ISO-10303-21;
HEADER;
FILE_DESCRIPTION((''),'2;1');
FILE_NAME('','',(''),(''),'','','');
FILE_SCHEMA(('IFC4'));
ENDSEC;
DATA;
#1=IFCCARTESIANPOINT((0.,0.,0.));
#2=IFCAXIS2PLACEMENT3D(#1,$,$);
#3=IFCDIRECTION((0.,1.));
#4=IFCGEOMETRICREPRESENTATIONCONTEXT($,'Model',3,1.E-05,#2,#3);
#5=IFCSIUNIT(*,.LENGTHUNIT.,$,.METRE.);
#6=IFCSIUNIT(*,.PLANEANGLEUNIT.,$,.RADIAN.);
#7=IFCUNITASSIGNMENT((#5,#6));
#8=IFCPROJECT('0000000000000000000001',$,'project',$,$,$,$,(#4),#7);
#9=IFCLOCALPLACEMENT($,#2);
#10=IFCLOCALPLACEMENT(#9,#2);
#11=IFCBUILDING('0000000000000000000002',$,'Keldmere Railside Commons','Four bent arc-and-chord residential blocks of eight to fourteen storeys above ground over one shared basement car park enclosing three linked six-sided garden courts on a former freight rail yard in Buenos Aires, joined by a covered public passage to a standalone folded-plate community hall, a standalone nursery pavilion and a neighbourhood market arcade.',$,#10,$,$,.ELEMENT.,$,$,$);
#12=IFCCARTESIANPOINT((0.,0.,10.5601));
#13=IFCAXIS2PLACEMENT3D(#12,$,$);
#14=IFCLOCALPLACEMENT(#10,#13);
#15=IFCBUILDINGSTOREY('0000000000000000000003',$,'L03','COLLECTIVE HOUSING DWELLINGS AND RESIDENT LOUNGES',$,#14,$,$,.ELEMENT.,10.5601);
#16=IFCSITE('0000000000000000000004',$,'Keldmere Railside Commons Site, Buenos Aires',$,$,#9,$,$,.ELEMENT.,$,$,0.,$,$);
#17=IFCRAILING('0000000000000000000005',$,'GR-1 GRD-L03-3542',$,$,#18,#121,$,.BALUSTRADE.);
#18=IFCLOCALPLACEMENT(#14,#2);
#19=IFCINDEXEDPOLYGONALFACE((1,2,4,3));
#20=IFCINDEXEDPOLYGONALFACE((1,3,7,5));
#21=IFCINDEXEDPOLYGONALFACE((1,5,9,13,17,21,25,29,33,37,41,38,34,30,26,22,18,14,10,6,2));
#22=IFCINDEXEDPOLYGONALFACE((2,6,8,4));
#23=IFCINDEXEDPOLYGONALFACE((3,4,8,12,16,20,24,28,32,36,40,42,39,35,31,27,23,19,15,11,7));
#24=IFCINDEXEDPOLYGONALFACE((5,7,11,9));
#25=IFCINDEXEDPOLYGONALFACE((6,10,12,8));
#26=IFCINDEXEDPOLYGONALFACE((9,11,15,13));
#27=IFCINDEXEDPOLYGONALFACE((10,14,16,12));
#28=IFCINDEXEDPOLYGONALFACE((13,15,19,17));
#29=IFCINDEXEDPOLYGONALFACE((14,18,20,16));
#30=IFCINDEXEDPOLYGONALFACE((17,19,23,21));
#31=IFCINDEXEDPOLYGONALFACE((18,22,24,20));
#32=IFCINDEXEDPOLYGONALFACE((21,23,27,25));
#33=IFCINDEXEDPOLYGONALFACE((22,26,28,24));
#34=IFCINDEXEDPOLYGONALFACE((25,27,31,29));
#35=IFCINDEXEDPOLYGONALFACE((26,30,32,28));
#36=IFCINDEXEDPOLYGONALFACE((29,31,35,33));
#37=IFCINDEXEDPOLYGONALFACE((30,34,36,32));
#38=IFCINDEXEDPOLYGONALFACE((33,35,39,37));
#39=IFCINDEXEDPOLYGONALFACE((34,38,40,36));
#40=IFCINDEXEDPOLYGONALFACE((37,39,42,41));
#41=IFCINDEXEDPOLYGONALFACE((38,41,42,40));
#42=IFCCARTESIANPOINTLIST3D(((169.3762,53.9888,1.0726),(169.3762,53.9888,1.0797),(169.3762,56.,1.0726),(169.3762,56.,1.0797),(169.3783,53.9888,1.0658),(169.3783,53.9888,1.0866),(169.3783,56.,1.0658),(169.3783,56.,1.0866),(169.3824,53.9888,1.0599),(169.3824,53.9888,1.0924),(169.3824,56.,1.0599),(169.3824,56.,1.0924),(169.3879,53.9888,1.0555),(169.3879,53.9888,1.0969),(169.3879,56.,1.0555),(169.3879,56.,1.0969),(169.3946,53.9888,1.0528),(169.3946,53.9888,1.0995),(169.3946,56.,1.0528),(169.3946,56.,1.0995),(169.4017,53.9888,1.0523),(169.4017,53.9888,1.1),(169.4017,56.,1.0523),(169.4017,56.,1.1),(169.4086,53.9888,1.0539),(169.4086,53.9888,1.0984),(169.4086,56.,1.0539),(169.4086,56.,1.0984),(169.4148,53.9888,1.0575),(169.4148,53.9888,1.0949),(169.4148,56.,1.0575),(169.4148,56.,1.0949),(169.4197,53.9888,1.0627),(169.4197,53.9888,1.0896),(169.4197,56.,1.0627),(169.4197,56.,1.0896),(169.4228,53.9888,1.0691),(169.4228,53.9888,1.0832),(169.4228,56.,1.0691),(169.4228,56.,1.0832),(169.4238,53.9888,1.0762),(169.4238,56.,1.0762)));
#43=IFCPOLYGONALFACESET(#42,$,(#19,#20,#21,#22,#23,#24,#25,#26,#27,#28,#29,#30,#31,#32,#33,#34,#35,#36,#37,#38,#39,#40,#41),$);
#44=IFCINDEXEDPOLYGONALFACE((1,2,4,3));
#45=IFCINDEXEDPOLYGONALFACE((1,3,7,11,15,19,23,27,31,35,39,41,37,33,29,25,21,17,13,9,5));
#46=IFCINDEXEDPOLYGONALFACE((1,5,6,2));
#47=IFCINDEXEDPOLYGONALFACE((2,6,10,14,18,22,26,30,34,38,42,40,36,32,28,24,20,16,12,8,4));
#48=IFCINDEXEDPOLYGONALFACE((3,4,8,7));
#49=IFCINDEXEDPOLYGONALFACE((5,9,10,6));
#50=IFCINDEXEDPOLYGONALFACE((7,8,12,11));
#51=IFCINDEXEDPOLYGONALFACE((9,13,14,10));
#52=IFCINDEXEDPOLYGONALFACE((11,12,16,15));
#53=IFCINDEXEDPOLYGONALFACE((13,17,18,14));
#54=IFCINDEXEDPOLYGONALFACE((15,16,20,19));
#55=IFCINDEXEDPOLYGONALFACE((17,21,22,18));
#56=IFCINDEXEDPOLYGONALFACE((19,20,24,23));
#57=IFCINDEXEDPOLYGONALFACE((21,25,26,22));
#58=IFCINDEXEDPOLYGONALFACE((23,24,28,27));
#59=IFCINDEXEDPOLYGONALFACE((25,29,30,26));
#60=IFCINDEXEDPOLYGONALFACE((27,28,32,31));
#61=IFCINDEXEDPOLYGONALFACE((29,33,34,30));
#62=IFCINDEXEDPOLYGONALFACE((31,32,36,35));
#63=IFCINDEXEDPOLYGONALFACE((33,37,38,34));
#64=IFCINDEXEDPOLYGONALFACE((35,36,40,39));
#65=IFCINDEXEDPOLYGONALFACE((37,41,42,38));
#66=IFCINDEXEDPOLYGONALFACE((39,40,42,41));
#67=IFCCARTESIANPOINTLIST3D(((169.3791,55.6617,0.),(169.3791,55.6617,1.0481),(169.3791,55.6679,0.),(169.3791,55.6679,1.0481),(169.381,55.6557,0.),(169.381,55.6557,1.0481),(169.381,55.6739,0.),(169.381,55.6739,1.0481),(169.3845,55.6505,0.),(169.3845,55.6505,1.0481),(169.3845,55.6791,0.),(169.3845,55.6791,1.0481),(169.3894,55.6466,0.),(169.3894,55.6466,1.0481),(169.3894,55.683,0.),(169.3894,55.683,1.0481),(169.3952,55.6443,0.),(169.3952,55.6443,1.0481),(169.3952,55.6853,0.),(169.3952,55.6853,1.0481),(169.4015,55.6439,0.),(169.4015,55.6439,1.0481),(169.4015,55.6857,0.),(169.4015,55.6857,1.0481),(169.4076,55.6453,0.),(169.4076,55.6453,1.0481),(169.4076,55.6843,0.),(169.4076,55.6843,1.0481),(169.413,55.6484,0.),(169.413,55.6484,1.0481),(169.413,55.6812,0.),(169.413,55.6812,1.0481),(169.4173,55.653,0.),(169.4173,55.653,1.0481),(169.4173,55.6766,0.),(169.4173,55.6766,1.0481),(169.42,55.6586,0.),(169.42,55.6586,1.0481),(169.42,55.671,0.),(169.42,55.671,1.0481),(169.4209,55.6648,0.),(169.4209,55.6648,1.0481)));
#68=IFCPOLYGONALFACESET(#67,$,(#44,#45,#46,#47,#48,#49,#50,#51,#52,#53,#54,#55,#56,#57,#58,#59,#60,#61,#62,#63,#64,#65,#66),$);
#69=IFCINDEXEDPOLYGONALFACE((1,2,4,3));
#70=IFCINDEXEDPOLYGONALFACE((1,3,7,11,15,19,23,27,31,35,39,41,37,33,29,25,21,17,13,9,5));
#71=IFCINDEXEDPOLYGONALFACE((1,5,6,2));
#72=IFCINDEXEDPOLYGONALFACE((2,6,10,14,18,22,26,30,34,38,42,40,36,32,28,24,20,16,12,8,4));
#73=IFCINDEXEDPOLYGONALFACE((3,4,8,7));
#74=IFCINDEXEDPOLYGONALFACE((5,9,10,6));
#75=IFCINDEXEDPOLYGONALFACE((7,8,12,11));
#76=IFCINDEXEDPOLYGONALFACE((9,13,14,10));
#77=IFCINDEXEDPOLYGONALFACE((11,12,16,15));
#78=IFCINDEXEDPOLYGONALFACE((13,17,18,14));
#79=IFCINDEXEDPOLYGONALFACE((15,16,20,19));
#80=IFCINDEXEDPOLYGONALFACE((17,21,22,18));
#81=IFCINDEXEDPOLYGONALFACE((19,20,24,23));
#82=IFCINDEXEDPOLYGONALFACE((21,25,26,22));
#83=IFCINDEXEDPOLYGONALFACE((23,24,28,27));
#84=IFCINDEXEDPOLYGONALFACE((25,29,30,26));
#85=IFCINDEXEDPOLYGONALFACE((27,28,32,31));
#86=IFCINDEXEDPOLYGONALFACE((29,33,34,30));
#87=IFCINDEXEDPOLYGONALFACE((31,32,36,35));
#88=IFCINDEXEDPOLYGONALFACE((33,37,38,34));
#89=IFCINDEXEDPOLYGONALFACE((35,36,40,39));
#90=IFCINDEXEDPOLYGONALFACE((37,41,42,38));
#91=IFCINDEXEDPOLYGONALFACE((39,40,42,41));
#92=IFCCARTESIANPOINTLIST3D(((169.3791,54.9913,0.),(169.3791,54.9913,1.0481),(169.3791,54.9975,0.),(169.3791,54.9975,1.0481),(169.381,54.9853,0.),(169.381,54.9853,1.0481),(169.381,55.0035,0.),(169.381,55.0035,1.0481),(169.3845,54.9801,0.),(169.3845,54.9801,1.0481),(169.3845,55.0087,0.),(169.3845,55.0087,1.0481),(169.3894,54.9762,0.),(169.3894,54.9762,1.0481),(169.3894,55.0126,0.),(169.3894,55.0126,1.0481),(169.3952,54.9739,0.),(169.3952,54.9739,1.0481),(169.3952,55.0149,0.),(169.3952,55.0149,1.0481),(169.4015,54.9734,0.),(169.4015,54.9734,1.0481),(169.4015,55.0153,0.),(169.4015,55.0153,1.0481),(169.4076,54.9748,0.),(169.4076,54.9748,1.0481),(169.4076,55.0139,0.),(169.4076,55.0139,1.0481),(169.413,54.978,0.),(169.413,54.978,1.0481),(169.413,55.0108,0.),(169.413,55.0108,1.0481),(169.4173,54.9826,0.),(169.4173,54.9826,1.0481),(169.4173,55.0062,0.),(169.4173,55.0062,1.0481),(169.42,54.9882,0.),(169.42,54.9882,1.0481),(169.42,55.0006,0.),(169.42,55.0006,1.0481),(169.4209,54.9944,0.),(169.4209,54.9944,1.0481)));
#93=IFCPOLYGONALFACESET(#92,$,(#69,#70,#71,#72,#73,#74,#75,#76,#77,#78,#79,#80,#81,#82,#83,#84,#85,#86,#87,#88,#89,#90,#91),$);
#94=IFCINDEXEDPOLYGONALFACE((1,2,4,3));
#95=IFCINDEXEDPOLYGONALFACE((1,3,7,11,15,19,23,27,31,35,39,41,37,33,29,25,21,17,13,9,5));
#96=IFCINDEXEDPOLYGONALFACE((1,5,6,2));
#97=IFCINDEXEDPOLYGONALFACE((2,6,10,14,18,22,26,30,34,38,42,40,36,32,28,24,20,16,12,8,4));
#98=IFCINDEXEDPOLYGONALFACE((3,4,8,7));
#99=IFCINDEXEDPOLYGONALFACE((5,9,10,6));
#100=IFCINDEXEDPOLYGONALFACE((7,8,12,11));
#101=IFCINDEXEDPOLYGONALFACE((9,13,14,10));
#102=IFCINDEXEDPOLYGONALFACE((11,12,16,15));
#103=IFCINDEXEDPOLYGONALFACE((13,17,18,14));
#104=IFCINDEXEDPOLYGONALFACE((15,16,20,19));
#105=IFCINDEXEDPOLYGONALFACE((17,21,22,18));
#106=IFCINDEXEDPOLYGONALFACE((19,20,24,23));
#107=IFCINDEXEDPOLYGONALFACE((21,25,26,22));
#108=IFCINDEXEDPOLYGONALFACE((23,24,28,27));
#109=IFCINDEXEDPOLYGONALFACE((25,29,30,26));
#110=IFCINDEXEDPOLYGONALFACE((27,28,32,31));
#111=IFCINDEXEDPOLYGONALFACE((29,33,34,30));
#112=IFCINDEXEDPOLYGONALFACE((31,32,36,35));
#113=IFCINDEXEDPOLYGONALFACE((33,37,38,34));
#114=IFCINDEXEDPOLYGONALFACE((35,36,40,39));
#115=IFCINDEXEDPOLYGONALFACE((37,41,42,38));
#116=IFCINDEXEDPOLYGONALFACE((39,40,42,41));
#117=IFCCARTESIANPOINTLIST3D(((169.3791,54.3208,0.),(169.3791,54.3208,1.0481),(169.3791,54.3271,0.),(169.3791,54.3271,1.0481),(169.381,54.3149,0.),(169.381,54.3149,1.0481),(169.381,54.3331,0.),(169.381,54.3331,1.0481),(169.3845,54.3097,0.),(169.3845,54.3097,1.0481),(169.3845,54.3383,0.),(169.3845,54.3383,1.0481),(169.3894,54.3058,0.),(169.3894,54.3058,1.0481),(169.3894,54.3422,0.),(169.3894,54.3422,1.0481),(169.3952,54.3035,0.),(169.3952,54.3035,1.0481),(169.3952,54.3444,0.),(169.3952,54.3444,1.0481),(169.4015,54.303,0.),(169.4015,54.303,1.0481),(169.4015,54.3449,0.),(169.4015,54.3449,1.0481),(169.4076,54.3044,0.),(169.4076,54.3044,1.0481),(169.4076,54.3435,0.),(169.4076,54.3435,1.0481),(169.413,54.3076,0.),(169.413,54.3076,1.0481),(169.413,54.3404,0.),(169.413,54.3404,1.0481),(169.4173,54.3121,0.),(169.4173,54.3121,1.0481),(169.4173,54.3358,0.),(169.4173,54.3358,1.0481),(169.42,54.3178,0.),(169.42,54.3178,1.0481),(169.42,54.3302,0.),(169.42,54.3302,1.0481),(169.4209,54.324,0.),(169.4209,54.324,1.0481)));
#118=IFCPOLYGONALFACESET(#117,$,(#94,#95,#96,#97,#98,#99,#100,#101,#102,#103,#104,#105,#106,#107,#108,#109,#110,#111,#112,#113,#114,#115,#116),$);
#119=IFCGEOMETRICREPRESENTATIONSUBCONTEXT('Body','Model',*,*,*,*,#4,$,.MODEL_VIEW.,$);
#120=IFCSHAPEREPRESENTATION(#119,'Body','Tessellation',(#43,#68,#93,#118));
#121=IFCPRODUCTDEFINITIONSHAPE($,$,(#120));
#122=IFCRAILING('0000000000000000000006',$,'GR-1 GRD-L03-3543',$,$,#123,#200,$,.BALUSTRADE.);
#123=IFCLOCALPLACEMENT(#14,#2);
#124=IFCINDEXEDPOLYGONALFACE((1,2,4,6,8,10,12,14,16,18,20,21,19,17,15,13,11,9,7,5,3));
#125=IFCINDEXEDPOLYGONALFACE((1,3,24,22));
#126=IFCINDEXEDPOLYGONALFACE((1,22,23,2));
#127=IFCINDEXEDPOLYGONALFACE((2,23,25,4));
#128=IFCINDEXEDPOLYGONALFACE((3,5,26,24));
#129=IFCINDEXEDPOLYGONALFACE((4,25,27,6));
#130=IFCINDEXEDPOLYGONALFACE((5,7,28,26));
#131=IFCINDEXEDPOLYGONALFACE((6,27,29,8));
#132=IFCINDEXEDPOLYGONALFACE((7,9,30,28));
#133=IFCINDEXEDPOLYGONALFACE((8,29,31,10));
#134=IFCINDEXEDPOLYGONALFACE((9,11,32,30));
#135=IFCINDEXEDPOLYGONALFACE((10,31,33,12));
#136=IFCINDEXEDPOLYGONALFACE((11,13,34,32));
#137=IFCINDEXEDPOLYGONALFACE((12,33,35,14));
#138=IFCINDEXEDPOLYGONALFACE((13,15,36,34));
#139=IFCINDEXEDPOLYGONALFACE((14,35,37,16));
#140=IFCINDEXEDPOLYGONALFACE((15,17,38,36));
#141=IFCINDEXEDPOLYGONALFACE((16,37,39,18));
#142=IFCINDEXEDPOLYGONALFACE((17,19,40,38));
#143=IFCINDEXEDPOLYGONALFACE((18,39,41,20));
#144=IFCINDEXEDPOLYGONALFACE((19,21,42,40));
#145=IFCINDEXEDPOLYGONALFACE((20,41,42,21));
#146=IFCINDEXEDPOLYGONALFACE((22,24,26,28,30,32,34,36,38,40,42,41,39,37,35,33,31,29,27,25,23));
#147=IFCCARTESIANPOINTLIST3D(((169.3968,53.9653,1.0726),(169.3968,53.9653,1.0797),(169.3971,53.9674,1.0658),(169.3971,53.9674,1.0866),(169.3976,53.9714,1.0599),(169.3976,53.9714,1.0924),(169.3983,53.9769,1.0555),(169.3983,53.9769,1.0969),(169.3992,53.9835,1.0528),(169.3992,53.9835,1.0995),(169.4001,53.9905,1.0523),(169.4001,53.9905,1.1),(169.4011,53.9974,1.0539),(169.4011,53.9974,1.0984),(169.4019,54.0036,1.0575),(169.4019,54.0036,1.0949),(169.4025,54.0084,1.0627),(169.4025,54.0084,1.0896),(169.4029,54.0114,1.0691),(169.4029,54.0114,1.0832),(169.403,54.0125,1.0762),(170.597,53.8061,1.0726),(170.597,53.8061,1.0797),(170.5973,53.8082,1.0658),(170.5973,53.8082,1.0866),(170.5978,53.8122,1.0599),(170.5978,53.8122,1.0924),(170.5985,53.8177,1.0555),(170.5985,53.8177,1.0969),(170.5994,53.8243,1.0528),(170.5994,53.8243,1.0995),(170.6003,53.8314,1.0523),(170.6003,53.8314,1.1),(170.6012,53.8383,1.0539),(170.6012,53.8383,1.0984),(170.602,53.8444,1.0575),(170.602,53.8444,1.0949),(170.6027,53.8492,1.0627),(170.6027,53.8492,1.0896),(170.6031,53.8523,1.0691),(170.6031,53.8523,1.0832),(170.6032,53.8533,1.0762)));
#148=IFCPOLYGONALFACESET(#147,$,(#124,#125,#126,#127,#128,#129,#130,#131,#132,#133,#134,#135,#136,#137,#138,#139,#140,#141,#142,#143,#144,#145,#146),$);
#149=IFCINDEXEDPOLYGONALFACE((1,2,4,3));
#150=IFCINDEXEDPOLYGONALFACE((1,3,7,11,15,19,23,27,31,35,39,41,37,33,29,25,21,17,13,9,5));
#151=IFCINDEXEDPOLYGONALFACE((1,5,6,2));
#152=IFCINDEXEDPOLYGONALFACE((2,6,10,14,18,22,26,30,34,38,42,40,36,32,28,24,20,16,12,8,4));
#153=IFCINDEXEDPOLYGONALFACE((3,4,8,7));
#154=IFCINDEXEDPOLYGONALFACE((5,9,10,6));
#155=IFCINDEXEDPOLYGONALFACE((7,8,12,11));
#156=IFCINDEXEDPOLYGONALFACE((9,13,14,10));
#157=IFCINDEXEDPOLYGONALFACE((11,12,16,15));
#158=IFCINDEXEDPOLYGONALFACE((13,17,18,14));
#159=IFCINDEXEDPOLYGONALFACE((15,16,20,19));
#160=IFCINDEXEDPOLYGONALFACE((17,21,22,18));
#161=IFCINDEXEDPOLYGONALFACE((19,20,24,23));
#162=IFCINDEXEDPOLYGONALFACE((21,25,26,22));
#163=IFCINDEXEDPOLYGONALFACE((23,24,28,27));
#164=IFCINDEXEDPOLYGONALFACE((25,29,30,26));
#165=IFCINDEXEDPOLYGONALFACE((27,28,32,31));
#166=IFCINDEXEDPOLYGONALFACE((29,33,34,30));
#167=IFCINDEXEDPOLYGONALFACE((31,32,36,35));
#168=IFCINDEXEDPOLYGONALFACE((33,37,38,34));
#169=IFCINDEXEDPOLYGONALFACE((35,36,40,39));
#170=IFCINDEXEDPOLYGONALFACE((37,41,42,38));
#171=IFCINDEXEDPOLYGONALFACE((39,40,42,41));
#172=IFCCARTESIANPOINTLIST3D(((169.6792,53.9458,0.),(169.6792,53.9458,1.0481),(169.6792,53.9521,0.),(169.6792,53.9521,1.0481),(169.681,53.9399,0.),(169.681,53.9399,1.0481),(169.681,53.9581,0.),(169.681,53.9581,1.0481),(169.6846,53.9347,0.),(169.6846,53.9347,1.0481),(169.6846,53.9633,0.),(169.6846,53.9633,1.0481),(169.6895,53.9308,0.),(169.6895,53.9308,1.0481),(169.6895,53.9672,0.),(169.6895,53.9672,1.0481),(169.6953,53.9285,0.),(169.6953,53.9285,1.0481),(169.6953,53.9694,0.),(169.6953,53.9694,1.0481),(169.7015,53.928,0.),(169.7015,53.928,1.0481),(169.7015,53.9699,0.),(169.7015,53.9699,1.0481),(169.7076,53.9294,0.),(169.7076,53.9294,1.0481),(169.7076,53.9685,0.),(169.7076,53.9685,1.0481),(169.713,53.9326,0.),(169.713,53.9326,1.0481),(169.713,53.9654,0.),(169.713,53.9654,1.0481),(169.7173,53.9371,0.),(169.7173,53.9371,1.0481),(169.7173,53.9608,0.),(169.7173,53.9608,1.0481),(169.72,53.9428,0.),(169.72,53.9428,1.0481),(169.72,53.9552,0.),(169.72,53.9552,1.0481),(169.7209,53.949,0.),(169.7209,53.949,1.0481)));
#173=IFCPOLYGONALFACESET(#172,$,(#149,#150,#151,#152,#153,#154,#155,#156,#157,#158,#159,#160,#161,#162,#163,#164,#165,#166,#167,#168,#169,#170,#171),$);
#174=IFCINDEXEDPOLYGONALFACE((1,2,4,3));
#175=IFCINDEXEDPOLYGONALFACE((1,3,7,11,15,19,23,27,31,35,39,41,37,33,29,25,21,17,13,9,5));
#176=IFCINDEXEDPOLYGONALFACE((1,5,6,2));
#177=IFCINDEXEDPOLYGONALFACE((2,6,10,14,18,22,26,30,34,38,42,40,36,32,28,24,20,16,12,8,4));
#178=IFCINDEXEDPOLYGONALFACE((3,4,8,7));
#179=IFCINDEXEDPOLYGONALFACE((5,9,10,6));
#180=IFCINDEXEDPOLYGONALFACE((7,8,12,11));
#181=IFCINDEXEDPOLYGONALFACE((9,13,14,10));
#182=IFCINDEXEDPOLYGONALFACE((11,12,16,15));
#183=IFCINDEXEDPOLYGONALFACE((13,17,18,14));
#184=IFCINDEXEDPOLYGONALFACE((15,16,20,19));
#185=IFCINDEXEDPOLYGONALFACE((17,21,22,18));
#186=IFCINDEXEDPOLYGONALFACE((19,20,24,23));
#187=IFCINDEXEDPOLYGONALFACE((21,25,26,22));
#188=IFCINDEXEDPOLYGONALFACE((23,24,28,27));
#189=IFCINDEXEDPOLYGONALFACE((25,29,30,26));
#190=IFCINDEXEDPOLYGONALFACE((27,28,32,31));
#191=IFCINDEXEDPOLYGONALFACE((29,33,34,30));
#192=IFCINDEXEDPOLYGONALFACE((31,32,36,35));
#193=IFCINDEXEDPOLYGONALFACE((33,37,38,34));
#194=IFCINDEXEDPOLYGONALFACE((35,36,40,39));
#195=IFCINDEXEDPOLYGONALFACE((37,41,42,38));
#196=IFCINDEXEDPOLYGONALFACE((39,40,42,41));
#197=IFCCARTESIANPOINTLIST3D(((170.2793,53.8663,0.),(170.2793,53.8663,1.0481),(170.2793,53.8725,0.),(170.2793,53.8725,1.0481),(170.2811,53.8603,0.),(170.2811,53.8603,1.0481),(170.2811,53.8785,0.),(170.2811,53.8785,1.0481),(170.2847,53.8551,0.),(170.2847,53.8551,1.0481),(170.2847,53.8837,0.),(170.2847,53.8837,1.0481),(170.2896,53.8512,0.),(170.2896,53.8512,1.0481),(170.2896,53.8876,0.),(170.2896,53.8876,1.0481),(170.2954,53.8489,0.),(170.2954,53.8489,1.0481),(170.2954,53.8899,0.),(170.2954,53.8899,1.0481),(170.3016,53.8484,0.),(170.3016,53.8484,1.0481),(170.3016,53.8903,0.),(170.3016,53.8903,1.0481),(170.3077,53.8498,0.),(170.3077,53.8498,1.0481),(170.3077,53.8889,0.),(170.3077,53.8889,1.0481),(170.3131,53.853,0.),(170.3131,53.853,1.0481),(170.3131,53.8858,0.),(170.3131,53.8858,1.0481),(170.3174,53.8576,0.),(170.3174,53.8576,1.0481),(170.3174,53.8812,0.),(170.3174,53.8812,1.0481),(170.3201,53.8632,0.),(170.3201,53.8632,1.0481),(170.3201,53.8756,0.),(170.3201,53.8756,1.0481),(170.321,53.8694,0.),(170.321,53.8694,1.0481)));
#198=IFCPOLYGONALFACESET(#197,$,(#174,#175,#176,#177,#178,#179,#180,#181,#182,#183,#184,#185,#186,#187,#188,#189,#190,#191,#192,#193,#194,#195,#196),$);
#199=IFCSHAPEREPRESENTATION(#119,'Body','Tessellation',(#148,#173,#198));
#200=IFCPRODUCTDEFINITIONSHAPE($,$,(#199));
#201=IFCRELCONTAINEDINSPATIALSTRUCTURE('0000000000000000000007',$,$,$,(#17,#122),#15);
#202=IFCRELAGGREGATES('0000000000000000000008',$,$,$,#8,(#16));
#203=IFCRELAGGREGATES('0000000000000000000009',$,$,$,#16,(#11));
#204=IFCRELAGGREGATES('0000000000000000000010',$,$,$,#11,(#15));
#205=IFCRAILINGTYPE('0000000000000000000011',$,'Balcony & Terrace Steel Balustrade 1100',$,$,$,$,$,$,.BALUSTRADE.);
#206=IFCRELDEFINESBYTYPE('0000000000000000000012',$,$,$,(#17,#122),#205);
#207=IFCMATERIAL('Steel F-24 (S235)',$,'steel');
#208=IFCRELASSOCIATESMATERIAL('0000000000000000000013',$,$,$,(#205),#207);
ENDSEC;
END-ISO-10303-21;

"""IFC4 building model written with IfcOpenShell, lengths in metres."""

from ifc_helpers import new_model, si_unit, direction, frame, origin, origin_2d, place, context, subcontext, project, spatial, circle, extrude, material, type_object, element, save


model = new_model("IFC4")

# Units and contexts
model_context = context("Model", 3, precision=1e-05, world=origin(), true_north=direction((0.0, 1.0)))
body_context = subcontext(model_context, "Body", "Model", "MODEL_VIEW")
ifc_project = project(units=[si_unit("LENGTHUNIT", "METRE"), si_unit("PLANEANGLEUNIT", "RADIAN")], contexts=[model_context])

# Site, building, storey
site_placement = place(None, origin())
site = spatial("IfcSite", under=ifc_project, at=site_placement, Name="Keldmere Railside Commons Site, Buenos Aires", CompositionType="ELEMENT", RefElevation=0.0)
building_placement = place(site_placement, origin())
building = spatial("IfcBuilding", under=site, at=building_placement, Name="Keldmere Railside Commons", Description="Four bent arc-and-chord residential blocks of eight to fourteen storeys above ground over one shared basement car park enclosing three linked six-sided garden courts on a former freight rail yard in Buenos Aires, joined by a covered public passage to a standalone folded-plate community hall, a standalone nursery pavilion and a neighbourhood market arcade.", CompositionType="ELEMENT")
storey_placement = place(building_placement, frame((0.0, 0.0, 10.5601)))
storey = spatial("IfcBuildingStorey", under=building, at=storey_placement, Name="L03", Description="COLLECTIVE HOUSING DWELLINGS AND RESIDENT LOUNGES", CompositionType="ELEMENT", Elevation=10.5601)

# Railings
ifc_material_1 = material(Name="Steel F-24 (S235)", Category="steel")
railing_type = type_object("IfcRailingType", Name="Balcony & Terrace Steel Balustrade 1100", PredefinedType="BALUSTRADE", material=ifc_material_1)
railing_1_placement = place(storey_placement, frame((169.3999, 56.0, 0.0)))
element("IfcRailing", 1, at=railing_1_placement, inside=storey, type_object=railing_type, Name="GR-1 GRD-L03-3542", PredefinedType="BALUSTRADE", context=body_context, shape_type="SweptSolid", body=[
    extrude(circle(Radius=0.0239, at=origin_2d()), frame((0.0, 0.0, 1.0762), z_axis=(0.0, -1.0, 0.0), x_axis=(1.0, 0.0, 0.0)), (0.0, 0.0, 1.0), 2.0112),
    extrude(circle(Radius=0.021, at=origin_2d()), frame((0.0, -0.3352, 0.0)), (0.0, 0.0, 1.0), 1.0481),
    extrude(circle(Radius=0.021, at=origin_2d()), frame((0.0, -1.0056, 0.0)), (0.0, 0.0, 1.0), 1.0481),
    extrude(circle(Radius=0.021, at=origin_2d()), frame((0.0, -1.676, 0.0)), (0.0, 0.0, 1.0), 1.0481),
])
railing_2_placement = place(storey_placement, frame((169.3999, 53.9888, 0.0)))
element("IfcRailing", 2, at=railing_2_placement, inside=storey, type_object=railing_type, Name="GR-1 GRD-L03-3543", PredefinedType="BALUSTRADE", context=body_context, shape_type="SweptSolid", body=[
    extrude(circle(Radius=0.0239, at=origin_2d()), frame((0.0, 0.0, 1.0762), z_axis=(0.991319, -0.131477, 0.0), x_axis=(0.131477, 0.991319, 0.0)), (0.0, 0.0, 1.0), 1.2107),
    extrude(circle(Radius=0.021, at=origin_2d()), frame((0.3, -0.0398, 0.0)), (0.0, 0.0, 1.0), 1.0481),
    extrude(circle(Radius=0.021, at=origin_2d()), frame((0.9001, -0.1194, 0.0)), (0.0, 0.0, 1.0), 1.0481),
])

save(model, "model.ifc")
